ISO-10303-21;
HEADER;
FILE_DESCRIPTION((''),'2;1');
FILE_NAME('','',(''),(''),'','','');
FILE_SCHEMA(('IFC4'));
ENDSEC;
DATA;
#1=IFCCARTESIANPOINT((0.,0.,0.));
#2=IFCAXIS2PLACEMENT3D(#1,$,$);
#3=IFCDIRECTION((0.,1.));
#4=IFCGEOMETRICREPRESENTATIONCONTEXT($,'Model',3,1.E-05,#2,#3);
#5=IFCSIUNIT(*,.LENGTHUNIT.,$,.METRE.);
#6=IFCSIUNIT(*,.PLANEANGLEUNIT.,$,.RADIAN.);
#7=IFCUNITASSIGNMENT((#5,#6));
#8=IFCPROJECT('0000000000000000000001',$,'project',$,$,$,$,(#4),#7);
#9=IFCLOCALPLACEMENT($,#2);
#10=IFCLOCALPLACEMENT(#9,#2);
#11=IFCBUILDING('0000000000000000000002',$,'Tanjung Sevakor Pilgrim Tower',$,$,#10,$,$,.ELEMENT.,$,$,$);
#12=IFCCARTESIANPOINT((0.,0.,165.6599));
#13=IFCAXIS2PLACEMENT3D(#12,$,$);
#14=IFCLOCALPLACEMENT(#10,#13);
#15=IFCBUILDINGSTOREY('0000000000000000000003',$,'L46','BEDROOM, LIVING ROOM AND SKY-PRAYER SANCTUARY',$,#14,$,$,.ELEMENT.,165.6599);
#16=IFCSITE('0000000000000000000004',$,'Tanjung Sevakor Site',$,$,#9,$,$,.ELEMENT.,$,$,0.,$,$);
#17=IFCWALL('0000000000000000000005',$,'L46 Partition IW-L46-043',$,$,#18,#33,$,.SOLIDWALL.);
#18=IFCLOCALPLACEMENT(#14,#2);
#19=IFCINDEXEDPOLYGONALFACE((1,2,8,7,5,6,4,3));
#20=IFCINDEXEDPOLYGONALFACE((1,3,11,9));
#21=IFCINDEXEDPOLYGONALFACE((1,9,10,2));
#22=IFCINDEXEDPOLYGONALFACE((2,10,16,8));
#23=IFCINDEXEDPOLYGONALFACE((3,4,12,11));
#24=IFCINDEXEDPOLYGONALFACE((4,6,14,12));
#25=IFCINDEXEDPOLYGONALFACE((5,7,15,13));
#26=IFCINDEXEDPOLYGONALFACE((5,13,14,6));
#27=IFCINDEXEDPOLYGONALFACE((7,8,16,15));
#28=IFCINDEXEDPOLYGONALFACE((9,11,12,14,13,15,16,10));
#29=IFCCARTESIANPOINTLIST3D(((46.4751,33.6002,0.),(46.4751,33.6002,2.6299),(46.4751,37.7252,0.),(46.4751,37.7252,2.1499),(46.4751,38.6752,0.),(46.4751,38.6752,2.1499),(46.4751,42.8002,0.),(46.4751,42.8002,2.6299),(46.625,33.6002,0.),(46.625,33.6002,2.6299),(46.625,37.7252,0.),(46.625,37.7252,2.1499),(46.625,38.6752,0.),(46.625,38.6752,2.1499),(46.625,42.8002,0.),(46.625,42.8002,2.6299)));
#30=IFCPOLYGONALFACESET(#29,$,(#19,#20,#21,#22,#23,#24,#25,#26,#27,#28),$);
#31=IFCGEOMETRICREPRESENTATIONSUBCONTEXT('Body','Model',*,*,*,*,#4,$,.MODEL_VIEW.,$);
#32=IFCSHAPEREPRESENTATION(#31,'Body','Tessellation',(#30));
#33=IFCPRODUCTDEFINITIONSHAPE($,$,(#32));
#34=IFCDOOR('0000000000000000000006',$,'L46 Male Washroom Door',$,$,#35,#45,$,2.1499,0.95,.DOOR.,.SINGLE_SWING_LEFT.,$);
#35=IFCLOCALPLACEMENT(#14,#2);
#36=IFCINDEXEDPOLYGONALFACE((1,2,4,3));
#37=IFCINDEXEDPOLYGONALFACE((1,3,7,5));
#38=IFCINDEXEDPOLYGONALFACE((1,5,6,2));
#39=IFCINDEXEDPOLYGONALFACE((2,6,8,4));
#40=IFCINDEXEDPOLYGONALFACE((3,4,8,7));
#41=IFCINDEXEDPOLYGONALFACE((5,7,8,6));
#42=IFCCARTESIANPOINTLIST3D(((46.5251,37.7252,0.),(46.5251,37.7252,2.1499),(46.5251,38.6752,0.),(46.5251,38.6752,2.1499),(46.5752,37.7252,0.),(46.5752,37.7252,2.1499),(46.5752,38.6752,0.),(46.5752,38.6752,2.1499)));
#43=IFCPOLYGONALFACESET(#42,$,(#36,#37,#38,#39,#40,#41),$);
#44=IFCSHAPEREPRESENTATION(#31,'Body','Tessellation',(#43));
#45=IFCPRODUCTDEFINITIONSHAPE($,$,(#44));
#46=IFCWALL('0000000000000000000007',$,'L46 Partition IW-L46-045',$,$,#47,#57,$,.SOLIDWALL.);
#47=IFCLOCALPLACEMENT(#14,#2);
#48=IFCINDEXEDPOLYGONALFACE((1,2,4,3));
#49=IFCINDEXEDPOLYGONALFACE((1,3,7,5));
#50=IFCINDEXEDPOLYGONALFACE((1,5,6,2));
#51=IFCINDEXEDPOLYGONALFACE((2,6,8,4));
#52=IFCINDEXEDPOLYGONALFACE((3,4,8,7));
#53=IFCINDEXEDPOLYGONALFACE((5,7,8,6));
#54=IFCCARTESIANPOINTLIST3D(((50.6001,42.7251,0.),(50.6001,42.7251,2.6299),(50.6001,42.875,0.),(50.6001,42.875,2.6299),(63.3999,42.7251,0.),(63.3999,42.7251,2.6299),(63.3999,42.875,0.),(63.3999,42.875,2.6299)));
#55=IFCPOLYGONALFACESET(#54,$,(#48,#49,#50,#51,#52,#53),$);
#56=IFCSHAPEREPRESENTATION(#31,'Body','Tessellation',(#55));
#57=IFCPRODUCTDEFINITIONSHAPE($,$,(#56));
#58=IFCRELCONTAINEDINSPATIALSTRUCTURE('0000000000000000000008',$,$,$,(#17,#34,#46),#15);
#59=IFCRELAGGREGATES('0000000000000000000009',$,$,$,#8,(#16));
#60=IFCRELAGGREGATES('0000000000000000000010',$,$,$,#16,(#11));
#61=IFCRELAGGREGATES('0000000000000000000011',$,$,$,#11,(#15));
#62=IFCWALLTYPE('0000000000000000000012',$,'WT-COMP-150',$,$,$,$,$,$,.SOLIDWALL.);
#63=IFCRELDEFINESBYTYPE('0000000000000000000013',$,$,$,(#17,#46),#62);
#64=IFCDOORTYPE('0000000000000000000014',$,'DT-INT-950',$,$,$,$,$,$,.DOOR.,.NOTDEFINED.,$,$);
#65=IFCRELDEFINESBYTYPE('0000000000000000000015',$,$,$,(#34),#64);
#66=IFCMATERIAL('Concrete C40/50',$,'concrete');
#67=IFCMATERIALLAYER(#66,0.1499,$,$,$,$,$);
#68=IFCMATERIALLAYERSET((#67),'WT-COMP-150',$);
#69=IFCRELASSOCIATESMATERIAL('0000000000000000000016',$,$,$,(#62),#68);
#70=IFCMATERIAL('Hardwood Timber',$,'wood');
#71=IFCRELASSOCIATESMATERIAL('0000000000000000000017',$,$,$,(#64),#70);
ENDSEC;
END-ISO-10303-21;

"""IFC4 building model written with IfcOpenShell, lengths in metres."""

from ifc_helpers import new_model, si_unit, direction, frame, frame_2d, origin, place, context, subcontext, project, spatial, rectangle, extrude, material, layer, layer_set, type_object, element, fill, save


model = new_model("IFC4")

# Units and contexts
model_context = context("Model", 3, precision=1e-05, world=origin(), true_north=direction((0.0, 1.0)))
body_context = subcontext(model_context, "Body", "Model", "MODEL_VIEW")
ifc_project = project(units=[si_unit("LENGTHUNIT", "METRE"), si_unit("PLANEANGLEUNIT", "RADIAN")], contexts=[model_context])

# Site, building, storey
site_placement = place(None, origin())
site = spatial("IfcSite", under=ifc_project, at=site_placement, Name="Tanjung Sevakor Site", CompositionType="ELEMENT", RefElevation=0.0)
building_placement = place(site_placement, origin())
building = spatial("IfcBuilding", under=site, at=building_placement, Name="Tanjung Sevakor Pilgrim Tower", CompositionType="ELEMENT")
storey_placement = place(building_placement, frame((0.0, 0.0, 165.6599)))
storey = spatial("IfcBuildingStorey", under=building, at=storey_placement, Name="L46", Description="BEDROOM, LIVING ROOM AND SKY-PRAYER SANCTUARY", CompositionType="ELEMENT", Elevation=165.6599)

# Shared definitions
ifc_material_1 = material(Name="Concrete C40/50", Category="concrete")
ifc_layer = layer(ifc_material_1, 0.1499)
ifc_layer_set = layer_set([ifc_layer], Name="WT-COMP-150")
wall_type = type_object("IfcWallType", Name="WT-COMP-150", PredefinedType="SOLIDWALL", material=ifc_layer_set)
ifc_material_2 = material(Name="Hardwood Timber", Category="wood")
door_type = type_object("IfcDoorType", Name="DT-INT-950", OperationType="NOTDEFINED", PredefinedType="DOOR", material=ifc_material_2)

# Wall, opening, door
wall_1_placement = place(storey_placement, frame((46.55, 33.6001, 0.0), z_axis=(0.0, 0.0, 1.0), x_axis=(0.0, 1.0, 0.0)))
wall_1 = element("IfcWall", 1, at=wall_1_placement, inside=storey, type_object=wall_type, Name="L46 Partition IW-L46-043", PredefinedType="SOLIDWALL", context=body_context, shape_type="SweptSolid", body=[
    extrude(rectangle(XDim=9.2, YDim=0.1499, at=frame_2d((4.6001, 0.0))), origin(), (0.0, 0.0, 1.0), 2.6299),
])
opening_1_placement = place(wall_1_placement, frame((4.125, 0.0, 0.0)))
opening_1 = element("IfcOpeningElement", 2, at=opening_1_placement, cuts=wall_1, PredefinedType="OPENING", context=body_context, shape_type="SweptSolid", body=[
    extrude(rectangle(XDim=0.95, YDim=2.1499, at=frame_2d((0.4751, 1.075))), frame((0.0, 0.085, 0.0), z_axis=(0.0, -1.0, 0.0), x_axis=(1.0, 0.0, 0.0)), (0.0, 0.0, 1.0), 0.1699),
])
door_1_placement = place(opening_1_placement, origin())
door_1 = element("IfcDoor", 3, at=door_1_placement, inside=storey, type_object=door_type, Name="L46 Male Washroom Door", OperationType="SINGLE_SWING_LEFT", OverallHeight=2.1499, OverallWidth=0.95, PredefinedType="DOOR", context=body_context, shape_type="SweptSolid", body=[
    extrude(rectangle(XDim=0.95, YDim=2.1499, at=frame_2d((0.4751, 1.075))), frame((0.0, 0.0249, 0.0), z_axis=(0.0, -1.0, 0.0), x_axis=(1.0, 0.0, 0.0)), (0.0, 0.0, 1.0), 0.05),
])
fill(opening_1, door_1)

# Wall
wall_2_placement = place(storey_placement, frame((50.6001, 42.8, 0.0), z_axis=(0.0, 0.0, 1.0), x_axis=(1.0, 0.0, 0.0)))
element("IfcWall", 4, at=wall_2_placement, inside=storey, type_object=wall_type, Name="L46 Partition IW-L46-045", PredefinedType="SOLIDWALL", context=body_context, shape_type="SweptSolid", body=[
    extrude(rectangle(XDim=12.7998, YDim=0.1499, at=frame_2d((6.3999, 0.0))), origin(), (0.0, 0.0, 1.0), 2.6299),
])

save(model, "model.ifc")
